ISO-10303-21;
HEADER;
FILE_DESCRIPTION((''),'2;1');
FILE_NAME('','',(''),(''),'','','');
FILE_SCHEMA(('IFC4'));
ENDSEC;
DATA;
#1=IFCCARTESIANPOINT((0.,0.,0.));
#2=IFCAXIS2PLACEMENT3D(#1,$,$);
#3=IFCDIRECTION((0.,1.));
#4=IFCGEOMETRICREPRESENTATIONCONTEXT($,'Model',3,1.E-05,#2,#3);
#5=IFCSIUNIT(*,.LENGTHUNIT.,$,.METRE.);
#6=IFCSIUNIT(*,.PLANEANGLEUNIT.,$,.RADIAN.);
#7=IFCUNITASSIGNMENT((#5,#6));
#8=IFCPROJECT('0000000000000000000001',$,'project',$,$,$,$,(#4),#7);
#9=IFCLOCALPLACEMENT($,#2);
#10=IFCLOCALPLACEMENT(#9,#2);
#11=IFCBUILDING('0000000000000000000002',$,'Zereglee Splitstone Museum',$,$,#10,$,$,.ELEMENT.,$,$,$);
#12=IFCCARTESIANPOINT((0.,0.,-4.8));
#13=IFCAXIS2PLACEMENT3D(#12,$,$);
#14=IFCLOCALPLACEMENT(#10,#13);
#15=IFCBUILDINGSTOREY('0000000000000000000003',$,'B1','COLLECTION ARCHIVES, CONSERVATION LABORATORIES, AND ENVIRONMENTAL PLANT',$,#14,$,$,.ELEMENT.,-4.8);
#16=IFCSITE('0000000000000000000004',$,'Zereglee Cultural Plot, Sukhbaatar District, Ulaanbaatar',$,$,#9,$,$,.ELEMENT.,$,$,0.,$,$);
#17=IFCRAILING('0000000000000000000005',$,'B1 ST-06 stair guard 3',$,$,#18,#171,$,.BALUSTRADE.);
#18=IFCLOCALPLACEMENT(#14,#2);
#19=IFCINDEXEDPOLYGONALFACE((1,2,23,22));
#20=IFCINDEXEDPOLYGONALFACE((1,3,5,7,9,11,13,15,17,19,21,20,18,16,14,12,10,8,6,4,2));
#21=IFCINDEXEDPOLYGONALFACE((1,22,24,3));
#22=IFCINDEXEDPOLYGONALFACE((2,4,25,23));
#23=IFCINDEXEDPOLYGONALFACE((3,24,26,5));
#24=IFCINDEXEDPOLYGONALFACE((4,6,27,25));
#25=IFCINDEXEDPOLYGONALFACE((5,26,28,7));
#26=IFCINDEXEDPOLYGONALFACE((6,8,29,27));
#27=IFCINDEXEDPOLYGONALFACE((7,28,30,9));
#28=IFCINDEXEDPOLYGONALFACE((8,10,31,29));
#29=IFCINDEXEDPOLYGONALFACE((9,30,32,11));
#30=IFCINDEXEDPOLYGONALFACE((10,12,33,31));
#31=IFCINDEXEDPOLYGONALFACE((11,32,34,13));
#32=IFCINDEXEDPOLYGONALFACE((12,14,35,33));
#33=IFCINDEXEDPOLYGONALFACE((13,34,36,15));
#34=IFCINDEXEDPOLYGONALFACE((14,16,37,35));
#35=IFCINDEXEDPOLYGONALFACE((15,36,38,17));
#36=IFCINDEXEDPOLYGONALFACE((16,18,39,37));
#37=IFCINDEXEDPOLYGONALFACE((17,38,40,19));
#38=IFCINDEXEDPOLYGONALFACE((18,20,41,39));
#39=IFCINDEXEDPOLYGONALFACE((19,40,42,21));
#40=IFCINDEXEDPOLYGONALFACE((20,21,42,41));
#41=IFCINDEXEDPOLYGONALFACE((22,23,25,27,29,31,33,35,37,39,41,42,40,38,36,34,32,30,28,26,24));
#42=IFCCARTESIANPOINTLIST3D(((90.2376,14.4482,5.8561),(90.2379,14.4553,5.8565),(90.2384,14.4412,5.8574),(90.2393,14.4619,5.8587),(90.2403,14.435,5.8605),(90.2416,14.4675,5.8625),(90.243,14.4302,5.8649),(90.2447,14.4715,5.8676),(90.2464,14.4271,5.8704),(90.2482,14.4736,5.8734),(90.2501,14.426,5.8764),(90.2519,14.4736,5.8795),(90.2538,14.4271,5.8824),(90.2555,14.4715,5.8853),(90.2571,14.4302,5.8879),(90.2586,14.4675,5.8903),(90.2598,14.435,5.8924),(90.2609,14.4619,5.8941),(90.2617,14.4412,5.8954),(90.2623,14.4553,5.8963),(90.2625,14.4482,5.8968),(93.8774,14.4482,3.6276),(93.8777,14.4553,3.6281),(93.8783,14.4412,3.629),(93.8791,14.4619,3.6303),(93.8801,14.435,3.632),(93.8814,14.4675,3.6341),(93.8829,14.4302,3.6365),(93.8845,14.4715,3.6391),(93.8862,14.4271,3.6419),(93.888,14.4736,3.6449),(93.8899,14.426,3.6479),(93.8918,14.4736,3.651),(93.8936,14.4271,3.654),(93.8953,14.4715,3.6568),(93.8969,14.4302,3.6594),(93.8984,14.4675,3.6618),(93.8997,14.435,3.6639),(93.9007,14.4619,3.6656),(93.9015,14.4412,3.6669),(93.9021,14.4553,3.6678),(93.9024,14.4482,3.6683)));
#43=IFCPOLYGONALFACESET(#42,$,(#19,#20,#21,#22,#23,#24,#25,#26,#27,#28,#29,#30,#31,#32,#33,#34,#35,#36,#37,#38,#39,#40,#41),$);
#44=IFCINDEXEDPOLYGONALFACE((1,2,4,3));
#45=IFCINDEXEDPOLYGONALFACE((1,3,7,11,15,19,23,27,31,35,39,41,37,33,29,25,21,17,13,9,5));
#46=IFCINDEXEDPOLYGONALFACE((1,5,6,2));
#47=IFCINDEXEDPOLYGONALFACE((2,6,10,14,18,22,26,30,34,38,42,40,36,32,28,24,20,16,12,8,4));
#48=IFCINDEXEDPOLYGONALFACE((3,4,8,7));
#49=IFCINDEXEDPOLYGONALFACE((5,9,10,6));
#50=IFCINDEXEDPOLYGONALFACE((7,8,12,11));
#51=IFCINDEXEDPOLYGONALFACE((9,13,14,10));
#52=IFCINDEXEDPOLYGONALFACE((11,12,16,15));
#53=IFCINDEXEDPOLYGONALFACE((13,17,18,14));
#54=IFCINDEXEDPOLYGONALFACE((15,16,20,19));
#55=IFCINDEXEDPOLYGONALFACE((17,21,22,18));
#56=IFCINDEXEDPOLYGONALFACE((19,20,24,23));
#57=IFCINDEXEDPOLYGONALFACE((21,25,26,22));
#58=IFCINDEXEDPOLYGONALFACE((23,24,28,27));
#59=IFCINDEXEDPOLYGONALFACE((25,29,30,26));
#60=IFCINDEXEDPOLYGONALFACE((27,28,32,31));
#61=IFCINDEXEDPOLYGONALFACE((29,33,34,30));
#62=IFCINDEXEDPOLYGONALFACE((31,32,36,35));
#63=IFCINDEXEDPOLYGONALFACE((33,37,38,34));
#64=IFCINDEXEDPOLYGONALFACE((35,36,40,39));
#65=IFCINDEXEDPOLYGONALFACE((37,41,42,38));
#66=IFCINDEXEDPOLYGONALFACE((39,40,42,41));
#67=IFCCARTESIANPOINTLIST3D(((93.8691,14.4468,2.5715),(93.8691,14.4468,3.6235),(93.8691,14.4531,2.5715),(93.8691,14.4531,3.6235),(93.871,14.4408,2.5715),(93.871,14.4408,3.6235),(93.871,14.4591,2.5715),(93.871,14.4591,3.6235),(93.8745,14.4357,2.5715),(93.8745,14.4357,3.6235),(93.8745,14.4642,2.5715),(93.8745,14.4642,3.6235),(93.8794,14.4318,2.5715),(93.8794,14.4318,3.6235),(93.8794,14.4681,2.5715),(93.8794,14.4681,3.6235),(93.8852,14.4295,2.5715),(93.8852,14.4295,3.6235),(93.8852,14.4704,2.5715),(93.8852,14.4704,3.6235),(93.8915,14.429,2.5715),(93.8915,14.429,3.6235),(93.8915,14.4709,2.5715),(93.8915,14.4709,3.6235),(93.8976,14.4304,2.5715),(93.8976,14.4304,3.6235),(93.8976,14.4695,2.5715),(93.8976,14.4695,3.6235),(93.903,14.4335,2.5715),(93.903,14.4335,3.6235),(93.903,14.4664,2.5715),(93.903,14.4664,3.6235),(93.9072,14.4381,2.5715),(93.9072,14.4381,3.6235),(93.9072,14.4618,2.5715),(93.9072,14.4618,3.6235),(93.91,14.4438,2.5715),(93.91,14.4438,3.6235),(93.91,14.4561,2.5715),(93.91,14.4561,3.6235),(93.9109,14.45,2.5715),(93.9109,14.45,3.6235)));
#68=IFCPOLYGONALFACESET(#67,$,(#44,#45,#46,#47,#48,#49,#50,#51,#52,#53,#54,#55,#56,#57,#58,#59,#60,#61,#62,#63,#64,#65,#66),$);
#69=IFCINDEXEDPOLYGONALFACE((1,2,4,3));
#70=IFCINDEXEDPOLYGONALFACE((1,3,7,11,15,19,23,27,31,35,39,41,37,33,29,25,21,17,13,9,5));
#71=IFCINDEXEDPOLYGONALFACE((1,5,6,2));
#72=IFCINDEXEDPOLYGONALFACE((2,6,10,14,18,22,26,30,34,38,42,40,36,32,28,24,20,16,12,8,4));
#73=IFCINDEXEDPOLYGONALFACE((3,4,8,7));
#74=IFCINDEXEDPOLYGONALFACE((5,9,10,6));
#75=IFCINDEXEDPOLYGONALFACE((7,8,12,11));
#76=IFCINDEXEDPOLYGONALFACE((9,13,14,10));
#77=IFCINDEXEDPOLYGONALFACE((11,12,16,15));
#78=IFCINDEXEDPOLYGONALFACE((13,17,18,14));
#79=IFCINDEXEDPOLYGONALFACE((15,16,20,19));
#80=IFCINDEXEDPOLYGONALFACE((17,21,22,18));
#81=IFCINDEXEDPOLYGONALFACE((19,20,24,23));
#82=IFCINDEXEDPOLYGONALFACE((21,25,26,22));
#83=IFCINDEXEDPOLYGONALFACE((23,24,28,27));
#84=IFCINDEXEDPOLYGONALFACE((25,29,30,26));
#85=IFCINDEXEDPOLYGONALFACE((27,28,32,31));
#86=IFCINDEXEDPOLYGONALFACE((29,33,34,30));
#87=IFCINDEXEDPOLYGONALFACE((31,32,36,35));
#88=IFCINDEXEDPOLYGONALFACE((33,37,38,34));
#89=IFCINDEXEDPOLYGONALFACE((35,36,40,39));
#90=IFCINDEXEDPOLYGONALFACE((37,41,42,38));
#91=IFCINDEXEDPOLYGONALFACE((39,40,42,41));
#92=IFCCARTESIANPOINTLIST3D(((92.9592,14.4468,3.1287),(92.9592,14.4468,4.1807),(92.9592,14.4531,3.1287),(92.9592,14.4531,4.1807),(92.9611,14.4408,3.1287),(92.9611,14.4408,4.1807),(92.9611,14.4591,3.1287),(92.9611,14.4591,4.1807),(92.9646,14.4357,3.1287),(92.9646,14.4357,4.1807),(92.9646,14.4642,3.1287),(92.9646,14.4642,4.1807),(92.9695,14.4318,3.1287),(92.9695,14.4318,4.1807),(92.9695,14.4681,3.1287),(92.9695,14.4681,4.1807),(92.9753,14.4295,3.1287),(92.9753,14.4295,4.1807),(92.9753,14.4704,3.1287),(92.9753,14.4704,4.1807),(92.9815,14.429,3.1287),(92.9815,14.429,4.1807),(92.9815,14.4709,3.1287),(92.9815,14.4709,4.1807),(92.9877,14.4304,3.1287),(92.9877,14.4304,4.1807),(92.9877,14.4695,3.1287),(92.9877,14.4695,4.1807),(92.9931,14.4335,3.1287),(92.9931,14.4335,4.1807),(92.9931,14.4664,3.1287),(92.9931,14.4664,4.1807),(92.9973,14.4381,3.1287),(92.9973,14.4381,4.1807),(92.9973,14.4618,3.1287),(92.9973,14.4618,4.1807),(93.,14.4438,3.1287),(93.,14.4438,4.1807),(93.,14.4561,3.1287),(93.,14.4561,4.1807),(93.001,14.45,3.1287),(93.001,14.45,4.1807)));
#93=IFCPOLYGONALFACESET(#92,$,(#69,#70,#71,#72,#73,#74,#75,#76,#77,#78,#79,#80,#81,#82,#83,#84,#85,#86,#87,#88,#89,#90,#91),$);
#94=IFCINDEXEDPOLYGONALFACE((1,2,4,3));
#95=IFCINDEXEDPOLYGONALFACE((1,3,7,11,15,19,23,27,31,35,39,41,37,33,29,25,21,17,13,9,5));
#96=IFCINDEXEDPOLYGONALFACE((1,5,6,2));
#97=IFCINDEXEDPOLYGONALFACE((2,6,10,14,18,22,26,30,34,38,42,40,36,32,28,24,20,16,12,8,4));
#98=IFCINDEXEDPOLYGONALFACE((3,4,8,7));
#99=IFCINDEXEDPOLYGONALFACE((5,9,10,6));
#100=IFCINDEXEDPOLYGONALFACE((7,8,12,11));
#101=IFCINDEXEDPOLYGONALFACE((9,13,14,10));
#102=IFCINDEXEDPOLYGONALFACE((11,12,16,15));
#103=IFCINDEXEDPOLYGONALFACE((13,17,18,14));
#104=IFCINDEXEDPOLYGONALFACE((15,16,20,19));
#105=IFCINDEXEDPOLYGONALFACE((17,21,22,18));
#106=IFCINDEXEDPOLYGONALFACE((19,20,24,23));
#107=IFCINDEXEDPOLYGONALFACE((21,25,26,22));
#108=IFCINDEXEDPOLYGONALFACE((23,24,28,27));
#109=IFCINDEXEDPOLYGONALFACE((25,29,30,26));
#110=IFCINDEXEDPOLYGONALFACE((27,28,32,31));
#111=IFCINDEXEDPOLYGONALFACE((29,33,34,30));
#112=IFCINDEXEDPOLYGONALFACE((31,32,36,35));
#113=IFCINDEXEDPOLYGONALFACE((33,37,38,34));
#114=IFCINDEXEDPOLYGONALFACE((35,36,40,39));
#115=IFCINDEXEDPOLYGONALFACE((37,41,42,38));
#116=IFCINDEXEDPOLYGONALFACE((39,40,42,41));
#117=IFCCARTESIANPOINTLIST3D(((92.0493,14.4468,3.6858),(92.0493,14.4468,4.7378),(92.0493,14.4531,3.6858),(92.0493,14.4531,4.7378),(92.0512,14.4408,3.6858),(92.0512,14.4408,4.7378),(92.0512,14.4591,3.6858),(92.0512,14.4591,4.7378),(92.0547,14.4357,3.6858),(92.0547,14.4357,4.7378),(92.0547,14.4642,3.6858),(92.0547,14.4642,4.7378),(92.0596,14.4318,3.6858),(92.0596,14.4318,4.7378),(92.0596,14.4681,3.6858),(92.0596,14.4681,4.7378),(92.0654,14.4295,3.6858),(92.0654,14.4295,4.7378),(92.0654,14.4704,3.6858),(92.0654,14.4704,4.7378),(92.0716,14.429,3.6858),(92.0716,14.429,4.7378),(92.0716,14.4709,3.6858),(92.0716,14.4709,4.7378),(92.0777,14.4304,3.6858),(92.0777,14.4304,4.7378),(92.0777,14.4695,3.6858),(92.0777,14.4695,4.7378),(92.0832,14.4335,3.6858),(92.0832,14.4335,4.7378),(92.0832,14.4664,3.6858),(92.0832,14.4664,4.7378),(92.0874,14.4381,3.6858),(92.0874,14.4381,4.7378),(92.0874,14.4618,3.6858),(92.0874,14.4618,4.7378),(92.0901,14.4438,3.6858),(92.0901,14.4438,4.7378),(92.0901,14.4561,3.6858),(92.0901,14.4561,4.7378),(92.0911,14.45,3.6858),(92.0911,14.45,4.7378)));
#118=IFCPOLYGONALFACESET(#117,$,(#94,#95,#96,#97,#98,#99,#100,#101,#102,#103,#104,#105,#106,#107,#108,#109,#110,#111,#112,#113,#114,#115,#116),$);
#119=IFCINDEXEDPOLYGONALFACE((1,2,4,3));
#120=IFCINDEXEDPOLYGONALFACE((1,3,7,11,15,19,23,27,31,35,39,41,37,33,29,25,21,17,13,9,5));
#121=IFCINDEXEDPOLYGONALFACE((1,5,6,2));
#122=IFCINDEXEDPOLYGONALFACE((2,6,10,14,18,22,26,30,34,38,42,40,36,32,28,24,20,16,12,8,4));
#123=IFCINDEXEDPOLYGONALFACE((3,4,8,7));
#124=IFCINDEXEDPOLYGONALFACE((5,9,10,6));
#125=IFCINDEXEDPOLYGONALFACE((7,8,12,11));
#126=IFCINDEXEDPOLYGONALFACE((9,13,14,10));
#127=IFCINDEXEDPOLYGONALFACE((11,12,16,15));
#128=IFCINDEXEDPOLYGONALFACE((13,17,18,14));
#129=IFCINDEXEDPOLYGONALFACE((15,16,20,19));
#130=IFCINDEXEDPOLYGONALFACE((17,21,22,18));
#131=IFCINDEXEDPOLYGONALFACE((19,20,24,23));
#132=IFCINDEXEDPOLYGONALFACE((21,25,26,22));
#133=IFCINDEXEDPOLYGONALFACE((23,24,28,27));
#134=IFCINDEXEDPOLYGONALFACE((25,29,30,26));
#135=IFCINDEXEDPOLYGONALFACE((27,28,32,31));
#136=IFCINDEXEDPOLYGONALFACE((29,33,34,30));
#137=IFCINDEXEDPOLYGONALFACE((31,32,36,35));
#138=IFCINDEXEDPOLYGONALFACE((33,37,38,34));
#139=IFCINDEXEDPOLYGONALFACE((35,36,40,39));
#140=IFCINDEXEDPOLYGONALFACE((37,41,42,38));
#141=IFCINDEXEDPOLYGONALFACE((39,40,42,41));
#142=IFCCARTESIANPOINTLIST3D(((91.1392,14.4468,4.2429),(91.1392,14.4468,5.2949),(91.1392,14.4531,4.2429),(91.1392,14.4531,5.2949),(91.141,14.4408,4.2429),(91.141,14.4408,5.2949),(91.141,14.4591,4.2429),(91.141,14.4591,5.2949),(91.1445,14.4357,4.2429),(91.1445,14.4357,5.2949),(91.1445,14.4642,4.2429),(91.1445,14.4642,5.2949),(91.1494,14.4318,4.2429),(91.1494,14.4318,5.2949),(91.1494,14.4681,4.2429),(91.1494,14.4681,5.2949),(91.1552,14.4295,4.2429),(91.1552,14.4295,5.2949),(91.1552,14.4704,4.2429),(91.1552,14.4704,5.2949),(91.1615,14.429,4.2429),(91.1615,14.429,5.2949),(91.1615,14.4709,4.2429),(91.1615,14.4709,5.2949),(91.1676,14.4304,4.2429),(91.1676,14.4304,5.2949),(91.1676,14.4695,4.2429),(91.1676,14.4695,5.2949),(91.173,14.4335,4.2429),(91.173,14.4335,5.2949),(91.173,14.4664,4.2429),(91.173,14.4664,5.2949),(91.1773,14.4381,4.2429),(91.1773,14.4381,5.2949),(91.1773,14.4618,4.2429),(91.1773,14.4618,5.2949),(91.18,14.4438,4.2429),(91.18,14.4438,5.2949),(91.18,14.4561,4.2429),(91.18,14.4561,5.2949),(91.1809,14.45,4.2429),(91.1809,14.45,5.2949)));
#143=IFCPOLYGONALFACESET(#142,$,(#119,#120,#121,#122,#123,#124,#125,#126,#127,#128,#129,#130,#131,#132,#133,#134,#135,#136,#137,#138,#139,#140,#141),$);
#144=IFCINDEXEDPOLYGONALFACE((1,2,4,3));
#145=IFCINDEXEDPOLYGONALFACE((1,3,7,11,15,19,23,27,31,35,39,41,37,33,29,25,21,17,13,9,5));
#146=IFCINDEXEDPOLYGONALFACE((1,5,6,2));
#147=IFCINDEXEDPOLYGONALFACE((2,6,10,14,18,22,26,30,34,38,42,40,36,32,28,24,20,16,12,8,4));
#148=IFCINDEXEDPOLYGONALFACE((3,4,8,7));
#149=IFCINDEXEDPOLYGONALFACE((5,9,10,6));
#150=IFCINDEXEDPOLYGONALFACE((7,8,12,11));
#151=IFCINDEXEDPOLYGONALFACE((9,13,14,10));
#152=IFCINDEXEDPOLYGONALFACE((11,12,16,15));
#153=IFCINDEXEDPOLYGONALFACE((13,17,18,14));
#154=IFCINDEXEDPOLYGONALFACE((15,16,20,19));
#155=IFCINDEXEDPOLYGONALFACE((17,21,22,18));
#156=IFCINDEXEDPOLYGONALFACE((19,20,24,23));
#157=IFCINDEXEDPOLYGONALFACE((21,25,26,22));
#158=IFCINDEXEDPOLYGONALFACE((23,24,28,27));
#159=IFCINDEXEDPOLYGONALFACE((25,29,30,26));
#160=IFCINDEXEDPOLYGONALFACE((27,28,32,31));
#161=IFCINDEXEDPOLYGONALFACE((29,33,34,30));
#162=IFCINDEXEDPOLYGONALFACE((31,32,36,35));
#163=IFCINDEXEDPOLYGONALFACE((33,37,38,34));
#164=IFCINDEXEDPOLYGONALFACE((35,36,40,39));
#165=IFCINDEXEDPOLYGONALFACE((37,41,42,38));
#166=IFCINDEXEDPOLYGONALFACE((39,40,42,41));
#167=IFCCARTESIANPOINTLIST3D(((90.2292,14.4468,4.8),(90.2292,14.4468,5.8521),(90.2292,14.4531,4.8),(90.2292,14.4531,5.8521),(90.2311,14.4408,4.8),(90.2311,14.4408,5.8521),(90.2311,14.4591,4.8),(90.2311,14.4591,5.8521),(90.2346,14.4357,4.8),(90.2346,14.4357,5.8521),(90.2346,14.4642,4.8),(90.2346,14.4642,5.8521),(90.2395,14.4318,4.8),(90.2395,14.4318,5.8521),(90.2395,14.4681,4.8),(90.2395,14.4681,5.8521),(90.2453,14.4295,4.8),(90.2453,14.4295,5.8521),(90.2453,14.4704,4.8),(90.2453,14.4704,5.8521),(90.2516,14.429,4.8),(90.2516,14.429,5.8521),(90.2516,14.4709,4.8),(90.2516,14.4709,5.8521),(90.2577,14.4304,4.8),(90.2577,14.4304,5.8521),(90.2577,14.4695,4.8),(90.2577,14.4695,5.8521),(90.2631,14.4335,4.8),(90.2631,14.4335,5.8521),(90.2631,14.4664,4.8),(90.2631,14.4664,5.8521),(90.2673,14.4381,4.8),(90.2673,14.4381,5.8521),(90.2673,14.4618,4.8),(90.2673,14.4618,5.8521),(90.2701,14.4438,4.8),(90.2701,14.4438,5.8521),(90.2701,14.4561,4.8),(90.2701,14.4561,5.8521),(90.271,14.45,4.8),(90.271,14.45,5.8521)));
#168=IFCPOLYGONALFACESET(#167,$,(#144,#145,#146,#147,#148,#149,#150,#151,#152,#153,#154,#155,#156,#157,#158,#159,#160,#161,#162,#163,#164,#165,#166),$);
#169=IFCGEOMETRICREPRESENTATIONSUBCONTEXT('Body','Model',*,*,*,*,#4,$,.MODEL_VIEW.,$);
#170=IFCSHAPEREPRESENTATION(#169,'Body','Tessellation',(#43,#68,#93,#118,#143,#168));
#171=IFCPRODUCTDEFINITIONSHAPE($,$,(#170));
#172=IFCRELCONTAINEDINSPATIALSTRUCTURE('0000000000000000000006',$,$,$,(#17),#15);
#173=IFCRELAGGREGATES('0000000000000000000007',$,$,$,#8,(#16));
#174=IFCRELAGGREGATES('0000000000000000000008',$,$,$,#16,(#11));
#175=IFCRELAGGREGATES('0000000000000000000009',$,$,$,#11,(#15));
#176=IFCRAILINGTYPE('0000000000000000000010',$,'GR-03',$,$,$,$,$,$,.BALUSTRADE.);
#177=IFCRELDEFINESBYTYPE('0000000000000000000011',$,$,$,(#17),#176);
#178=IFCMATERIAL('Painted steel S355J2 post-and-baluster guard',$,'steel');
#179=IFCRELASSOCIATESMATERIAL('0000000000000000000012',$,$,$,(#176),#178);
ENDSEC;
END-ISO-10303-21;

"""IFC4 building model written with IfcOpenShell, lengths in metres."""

from ifc_helpers import new_model, si_unit, direction, frame, origin, origin_2d, place, context, subcontext, project, spatial, circle, extrude, material, type_object, element, save


model = new_model("IFC4")

# Units and contexts
model_context = context("Model", 3, precision=1e-05, world=origin(), true_north=direction((0.0, 1.0)))
body_context = subcontext(model_context, "Body", "Model", "MODEL_VIEW")
ifc_project = project(units=[si_unit("LENGTHUNIT", "METRE"), si_unit("PLANEANGLEUNIT", "RADIAN")], contexts=[model_context])

# Site, building, storey
site_placement = place(None, origin())
site = spatial("IfcSite", under=ifc_project, at=site_placement, Name="Zereglee Cultural Plot, Sukhbaatar District, Ulaanbaatar", CompositionType="ELEMENT", RefElevation=0.0)
building_placement = place(site_placement, origin())
building = spatial("IfcBuilding", under=site, at=building_placement, Name="Zereglee Splitstone Museum", CompositionType="ELEMENT")
storey_placement = place(building_placement, frame((0.0, 0.0, -4.8)))
storey = spatial("IfcBuildingStorey", under=building, at=storey_placement, Name="B1", Description="COLLECTION ARCHIVES, CONSERVATION LABORATORIES, AND ENVIRONMENTAL PLANT", CompositionType="ELEMENT", Elevation=-4.8)

# Railing
ifc_material_1 = material(Name="Painted steel S355J2 post-and-baluster guard", Category="steel")
railing_type_1 = type_object("IfcRailingType", Name="GR-03", PredefinedType="BALUSTRADE", material=ifc_material_1)
railing_1_placement = place(storey_placement, frame((93.8899, 14.45, 2.5715)))
element("IfcRailing", 1, at=railing_1_placement, inside=storey, type_object=railing_type_1, Name="B1 ST-06 stair guard 3", PredefinedType="BALUSTRADE", context=body_context, shape_type="SweptSolid", body=[
    extrude(circle(Radius=0.0239, at=origin_2d()), frame((0.0, 0.0, 1.0764), z_axis=(-0.85285, 0.0, 0.522156), x_axis=(0.0, -1.0, 0.0)), (0.0, 0.0, 1.0), 4.2678),
    extrude(circle(Radius=0.021, at=origin_2d()), origin(), (0.0, 0.0, 1.0), 1.052),
    extrude(circle(Radius=0.021, at=origin_2d()), frame((-0.9099, 0.0, 0.5571)), (0.0, 0.0, 1.0), 1.052),
    extrude(circle(Radius=0.021, at=origin_2d()), frame((-1.8198, 0.0, 1.1143)), (0.0, 0.0, 1.0), 1.052),
    extrude(circle(Radius=0.021, at=origin_2d()), frame((-2.73, 0.0, 1.6714)), (0.0, 0.0, 1.0), 1.052),
    extrude(circle(Radius=0.021, at=origin_2d()), frame((-3.6399, 0.0, 2.2285)), (0.0, 0.0, 1.0), 1.052),
])

save(model, "model.ifc")
